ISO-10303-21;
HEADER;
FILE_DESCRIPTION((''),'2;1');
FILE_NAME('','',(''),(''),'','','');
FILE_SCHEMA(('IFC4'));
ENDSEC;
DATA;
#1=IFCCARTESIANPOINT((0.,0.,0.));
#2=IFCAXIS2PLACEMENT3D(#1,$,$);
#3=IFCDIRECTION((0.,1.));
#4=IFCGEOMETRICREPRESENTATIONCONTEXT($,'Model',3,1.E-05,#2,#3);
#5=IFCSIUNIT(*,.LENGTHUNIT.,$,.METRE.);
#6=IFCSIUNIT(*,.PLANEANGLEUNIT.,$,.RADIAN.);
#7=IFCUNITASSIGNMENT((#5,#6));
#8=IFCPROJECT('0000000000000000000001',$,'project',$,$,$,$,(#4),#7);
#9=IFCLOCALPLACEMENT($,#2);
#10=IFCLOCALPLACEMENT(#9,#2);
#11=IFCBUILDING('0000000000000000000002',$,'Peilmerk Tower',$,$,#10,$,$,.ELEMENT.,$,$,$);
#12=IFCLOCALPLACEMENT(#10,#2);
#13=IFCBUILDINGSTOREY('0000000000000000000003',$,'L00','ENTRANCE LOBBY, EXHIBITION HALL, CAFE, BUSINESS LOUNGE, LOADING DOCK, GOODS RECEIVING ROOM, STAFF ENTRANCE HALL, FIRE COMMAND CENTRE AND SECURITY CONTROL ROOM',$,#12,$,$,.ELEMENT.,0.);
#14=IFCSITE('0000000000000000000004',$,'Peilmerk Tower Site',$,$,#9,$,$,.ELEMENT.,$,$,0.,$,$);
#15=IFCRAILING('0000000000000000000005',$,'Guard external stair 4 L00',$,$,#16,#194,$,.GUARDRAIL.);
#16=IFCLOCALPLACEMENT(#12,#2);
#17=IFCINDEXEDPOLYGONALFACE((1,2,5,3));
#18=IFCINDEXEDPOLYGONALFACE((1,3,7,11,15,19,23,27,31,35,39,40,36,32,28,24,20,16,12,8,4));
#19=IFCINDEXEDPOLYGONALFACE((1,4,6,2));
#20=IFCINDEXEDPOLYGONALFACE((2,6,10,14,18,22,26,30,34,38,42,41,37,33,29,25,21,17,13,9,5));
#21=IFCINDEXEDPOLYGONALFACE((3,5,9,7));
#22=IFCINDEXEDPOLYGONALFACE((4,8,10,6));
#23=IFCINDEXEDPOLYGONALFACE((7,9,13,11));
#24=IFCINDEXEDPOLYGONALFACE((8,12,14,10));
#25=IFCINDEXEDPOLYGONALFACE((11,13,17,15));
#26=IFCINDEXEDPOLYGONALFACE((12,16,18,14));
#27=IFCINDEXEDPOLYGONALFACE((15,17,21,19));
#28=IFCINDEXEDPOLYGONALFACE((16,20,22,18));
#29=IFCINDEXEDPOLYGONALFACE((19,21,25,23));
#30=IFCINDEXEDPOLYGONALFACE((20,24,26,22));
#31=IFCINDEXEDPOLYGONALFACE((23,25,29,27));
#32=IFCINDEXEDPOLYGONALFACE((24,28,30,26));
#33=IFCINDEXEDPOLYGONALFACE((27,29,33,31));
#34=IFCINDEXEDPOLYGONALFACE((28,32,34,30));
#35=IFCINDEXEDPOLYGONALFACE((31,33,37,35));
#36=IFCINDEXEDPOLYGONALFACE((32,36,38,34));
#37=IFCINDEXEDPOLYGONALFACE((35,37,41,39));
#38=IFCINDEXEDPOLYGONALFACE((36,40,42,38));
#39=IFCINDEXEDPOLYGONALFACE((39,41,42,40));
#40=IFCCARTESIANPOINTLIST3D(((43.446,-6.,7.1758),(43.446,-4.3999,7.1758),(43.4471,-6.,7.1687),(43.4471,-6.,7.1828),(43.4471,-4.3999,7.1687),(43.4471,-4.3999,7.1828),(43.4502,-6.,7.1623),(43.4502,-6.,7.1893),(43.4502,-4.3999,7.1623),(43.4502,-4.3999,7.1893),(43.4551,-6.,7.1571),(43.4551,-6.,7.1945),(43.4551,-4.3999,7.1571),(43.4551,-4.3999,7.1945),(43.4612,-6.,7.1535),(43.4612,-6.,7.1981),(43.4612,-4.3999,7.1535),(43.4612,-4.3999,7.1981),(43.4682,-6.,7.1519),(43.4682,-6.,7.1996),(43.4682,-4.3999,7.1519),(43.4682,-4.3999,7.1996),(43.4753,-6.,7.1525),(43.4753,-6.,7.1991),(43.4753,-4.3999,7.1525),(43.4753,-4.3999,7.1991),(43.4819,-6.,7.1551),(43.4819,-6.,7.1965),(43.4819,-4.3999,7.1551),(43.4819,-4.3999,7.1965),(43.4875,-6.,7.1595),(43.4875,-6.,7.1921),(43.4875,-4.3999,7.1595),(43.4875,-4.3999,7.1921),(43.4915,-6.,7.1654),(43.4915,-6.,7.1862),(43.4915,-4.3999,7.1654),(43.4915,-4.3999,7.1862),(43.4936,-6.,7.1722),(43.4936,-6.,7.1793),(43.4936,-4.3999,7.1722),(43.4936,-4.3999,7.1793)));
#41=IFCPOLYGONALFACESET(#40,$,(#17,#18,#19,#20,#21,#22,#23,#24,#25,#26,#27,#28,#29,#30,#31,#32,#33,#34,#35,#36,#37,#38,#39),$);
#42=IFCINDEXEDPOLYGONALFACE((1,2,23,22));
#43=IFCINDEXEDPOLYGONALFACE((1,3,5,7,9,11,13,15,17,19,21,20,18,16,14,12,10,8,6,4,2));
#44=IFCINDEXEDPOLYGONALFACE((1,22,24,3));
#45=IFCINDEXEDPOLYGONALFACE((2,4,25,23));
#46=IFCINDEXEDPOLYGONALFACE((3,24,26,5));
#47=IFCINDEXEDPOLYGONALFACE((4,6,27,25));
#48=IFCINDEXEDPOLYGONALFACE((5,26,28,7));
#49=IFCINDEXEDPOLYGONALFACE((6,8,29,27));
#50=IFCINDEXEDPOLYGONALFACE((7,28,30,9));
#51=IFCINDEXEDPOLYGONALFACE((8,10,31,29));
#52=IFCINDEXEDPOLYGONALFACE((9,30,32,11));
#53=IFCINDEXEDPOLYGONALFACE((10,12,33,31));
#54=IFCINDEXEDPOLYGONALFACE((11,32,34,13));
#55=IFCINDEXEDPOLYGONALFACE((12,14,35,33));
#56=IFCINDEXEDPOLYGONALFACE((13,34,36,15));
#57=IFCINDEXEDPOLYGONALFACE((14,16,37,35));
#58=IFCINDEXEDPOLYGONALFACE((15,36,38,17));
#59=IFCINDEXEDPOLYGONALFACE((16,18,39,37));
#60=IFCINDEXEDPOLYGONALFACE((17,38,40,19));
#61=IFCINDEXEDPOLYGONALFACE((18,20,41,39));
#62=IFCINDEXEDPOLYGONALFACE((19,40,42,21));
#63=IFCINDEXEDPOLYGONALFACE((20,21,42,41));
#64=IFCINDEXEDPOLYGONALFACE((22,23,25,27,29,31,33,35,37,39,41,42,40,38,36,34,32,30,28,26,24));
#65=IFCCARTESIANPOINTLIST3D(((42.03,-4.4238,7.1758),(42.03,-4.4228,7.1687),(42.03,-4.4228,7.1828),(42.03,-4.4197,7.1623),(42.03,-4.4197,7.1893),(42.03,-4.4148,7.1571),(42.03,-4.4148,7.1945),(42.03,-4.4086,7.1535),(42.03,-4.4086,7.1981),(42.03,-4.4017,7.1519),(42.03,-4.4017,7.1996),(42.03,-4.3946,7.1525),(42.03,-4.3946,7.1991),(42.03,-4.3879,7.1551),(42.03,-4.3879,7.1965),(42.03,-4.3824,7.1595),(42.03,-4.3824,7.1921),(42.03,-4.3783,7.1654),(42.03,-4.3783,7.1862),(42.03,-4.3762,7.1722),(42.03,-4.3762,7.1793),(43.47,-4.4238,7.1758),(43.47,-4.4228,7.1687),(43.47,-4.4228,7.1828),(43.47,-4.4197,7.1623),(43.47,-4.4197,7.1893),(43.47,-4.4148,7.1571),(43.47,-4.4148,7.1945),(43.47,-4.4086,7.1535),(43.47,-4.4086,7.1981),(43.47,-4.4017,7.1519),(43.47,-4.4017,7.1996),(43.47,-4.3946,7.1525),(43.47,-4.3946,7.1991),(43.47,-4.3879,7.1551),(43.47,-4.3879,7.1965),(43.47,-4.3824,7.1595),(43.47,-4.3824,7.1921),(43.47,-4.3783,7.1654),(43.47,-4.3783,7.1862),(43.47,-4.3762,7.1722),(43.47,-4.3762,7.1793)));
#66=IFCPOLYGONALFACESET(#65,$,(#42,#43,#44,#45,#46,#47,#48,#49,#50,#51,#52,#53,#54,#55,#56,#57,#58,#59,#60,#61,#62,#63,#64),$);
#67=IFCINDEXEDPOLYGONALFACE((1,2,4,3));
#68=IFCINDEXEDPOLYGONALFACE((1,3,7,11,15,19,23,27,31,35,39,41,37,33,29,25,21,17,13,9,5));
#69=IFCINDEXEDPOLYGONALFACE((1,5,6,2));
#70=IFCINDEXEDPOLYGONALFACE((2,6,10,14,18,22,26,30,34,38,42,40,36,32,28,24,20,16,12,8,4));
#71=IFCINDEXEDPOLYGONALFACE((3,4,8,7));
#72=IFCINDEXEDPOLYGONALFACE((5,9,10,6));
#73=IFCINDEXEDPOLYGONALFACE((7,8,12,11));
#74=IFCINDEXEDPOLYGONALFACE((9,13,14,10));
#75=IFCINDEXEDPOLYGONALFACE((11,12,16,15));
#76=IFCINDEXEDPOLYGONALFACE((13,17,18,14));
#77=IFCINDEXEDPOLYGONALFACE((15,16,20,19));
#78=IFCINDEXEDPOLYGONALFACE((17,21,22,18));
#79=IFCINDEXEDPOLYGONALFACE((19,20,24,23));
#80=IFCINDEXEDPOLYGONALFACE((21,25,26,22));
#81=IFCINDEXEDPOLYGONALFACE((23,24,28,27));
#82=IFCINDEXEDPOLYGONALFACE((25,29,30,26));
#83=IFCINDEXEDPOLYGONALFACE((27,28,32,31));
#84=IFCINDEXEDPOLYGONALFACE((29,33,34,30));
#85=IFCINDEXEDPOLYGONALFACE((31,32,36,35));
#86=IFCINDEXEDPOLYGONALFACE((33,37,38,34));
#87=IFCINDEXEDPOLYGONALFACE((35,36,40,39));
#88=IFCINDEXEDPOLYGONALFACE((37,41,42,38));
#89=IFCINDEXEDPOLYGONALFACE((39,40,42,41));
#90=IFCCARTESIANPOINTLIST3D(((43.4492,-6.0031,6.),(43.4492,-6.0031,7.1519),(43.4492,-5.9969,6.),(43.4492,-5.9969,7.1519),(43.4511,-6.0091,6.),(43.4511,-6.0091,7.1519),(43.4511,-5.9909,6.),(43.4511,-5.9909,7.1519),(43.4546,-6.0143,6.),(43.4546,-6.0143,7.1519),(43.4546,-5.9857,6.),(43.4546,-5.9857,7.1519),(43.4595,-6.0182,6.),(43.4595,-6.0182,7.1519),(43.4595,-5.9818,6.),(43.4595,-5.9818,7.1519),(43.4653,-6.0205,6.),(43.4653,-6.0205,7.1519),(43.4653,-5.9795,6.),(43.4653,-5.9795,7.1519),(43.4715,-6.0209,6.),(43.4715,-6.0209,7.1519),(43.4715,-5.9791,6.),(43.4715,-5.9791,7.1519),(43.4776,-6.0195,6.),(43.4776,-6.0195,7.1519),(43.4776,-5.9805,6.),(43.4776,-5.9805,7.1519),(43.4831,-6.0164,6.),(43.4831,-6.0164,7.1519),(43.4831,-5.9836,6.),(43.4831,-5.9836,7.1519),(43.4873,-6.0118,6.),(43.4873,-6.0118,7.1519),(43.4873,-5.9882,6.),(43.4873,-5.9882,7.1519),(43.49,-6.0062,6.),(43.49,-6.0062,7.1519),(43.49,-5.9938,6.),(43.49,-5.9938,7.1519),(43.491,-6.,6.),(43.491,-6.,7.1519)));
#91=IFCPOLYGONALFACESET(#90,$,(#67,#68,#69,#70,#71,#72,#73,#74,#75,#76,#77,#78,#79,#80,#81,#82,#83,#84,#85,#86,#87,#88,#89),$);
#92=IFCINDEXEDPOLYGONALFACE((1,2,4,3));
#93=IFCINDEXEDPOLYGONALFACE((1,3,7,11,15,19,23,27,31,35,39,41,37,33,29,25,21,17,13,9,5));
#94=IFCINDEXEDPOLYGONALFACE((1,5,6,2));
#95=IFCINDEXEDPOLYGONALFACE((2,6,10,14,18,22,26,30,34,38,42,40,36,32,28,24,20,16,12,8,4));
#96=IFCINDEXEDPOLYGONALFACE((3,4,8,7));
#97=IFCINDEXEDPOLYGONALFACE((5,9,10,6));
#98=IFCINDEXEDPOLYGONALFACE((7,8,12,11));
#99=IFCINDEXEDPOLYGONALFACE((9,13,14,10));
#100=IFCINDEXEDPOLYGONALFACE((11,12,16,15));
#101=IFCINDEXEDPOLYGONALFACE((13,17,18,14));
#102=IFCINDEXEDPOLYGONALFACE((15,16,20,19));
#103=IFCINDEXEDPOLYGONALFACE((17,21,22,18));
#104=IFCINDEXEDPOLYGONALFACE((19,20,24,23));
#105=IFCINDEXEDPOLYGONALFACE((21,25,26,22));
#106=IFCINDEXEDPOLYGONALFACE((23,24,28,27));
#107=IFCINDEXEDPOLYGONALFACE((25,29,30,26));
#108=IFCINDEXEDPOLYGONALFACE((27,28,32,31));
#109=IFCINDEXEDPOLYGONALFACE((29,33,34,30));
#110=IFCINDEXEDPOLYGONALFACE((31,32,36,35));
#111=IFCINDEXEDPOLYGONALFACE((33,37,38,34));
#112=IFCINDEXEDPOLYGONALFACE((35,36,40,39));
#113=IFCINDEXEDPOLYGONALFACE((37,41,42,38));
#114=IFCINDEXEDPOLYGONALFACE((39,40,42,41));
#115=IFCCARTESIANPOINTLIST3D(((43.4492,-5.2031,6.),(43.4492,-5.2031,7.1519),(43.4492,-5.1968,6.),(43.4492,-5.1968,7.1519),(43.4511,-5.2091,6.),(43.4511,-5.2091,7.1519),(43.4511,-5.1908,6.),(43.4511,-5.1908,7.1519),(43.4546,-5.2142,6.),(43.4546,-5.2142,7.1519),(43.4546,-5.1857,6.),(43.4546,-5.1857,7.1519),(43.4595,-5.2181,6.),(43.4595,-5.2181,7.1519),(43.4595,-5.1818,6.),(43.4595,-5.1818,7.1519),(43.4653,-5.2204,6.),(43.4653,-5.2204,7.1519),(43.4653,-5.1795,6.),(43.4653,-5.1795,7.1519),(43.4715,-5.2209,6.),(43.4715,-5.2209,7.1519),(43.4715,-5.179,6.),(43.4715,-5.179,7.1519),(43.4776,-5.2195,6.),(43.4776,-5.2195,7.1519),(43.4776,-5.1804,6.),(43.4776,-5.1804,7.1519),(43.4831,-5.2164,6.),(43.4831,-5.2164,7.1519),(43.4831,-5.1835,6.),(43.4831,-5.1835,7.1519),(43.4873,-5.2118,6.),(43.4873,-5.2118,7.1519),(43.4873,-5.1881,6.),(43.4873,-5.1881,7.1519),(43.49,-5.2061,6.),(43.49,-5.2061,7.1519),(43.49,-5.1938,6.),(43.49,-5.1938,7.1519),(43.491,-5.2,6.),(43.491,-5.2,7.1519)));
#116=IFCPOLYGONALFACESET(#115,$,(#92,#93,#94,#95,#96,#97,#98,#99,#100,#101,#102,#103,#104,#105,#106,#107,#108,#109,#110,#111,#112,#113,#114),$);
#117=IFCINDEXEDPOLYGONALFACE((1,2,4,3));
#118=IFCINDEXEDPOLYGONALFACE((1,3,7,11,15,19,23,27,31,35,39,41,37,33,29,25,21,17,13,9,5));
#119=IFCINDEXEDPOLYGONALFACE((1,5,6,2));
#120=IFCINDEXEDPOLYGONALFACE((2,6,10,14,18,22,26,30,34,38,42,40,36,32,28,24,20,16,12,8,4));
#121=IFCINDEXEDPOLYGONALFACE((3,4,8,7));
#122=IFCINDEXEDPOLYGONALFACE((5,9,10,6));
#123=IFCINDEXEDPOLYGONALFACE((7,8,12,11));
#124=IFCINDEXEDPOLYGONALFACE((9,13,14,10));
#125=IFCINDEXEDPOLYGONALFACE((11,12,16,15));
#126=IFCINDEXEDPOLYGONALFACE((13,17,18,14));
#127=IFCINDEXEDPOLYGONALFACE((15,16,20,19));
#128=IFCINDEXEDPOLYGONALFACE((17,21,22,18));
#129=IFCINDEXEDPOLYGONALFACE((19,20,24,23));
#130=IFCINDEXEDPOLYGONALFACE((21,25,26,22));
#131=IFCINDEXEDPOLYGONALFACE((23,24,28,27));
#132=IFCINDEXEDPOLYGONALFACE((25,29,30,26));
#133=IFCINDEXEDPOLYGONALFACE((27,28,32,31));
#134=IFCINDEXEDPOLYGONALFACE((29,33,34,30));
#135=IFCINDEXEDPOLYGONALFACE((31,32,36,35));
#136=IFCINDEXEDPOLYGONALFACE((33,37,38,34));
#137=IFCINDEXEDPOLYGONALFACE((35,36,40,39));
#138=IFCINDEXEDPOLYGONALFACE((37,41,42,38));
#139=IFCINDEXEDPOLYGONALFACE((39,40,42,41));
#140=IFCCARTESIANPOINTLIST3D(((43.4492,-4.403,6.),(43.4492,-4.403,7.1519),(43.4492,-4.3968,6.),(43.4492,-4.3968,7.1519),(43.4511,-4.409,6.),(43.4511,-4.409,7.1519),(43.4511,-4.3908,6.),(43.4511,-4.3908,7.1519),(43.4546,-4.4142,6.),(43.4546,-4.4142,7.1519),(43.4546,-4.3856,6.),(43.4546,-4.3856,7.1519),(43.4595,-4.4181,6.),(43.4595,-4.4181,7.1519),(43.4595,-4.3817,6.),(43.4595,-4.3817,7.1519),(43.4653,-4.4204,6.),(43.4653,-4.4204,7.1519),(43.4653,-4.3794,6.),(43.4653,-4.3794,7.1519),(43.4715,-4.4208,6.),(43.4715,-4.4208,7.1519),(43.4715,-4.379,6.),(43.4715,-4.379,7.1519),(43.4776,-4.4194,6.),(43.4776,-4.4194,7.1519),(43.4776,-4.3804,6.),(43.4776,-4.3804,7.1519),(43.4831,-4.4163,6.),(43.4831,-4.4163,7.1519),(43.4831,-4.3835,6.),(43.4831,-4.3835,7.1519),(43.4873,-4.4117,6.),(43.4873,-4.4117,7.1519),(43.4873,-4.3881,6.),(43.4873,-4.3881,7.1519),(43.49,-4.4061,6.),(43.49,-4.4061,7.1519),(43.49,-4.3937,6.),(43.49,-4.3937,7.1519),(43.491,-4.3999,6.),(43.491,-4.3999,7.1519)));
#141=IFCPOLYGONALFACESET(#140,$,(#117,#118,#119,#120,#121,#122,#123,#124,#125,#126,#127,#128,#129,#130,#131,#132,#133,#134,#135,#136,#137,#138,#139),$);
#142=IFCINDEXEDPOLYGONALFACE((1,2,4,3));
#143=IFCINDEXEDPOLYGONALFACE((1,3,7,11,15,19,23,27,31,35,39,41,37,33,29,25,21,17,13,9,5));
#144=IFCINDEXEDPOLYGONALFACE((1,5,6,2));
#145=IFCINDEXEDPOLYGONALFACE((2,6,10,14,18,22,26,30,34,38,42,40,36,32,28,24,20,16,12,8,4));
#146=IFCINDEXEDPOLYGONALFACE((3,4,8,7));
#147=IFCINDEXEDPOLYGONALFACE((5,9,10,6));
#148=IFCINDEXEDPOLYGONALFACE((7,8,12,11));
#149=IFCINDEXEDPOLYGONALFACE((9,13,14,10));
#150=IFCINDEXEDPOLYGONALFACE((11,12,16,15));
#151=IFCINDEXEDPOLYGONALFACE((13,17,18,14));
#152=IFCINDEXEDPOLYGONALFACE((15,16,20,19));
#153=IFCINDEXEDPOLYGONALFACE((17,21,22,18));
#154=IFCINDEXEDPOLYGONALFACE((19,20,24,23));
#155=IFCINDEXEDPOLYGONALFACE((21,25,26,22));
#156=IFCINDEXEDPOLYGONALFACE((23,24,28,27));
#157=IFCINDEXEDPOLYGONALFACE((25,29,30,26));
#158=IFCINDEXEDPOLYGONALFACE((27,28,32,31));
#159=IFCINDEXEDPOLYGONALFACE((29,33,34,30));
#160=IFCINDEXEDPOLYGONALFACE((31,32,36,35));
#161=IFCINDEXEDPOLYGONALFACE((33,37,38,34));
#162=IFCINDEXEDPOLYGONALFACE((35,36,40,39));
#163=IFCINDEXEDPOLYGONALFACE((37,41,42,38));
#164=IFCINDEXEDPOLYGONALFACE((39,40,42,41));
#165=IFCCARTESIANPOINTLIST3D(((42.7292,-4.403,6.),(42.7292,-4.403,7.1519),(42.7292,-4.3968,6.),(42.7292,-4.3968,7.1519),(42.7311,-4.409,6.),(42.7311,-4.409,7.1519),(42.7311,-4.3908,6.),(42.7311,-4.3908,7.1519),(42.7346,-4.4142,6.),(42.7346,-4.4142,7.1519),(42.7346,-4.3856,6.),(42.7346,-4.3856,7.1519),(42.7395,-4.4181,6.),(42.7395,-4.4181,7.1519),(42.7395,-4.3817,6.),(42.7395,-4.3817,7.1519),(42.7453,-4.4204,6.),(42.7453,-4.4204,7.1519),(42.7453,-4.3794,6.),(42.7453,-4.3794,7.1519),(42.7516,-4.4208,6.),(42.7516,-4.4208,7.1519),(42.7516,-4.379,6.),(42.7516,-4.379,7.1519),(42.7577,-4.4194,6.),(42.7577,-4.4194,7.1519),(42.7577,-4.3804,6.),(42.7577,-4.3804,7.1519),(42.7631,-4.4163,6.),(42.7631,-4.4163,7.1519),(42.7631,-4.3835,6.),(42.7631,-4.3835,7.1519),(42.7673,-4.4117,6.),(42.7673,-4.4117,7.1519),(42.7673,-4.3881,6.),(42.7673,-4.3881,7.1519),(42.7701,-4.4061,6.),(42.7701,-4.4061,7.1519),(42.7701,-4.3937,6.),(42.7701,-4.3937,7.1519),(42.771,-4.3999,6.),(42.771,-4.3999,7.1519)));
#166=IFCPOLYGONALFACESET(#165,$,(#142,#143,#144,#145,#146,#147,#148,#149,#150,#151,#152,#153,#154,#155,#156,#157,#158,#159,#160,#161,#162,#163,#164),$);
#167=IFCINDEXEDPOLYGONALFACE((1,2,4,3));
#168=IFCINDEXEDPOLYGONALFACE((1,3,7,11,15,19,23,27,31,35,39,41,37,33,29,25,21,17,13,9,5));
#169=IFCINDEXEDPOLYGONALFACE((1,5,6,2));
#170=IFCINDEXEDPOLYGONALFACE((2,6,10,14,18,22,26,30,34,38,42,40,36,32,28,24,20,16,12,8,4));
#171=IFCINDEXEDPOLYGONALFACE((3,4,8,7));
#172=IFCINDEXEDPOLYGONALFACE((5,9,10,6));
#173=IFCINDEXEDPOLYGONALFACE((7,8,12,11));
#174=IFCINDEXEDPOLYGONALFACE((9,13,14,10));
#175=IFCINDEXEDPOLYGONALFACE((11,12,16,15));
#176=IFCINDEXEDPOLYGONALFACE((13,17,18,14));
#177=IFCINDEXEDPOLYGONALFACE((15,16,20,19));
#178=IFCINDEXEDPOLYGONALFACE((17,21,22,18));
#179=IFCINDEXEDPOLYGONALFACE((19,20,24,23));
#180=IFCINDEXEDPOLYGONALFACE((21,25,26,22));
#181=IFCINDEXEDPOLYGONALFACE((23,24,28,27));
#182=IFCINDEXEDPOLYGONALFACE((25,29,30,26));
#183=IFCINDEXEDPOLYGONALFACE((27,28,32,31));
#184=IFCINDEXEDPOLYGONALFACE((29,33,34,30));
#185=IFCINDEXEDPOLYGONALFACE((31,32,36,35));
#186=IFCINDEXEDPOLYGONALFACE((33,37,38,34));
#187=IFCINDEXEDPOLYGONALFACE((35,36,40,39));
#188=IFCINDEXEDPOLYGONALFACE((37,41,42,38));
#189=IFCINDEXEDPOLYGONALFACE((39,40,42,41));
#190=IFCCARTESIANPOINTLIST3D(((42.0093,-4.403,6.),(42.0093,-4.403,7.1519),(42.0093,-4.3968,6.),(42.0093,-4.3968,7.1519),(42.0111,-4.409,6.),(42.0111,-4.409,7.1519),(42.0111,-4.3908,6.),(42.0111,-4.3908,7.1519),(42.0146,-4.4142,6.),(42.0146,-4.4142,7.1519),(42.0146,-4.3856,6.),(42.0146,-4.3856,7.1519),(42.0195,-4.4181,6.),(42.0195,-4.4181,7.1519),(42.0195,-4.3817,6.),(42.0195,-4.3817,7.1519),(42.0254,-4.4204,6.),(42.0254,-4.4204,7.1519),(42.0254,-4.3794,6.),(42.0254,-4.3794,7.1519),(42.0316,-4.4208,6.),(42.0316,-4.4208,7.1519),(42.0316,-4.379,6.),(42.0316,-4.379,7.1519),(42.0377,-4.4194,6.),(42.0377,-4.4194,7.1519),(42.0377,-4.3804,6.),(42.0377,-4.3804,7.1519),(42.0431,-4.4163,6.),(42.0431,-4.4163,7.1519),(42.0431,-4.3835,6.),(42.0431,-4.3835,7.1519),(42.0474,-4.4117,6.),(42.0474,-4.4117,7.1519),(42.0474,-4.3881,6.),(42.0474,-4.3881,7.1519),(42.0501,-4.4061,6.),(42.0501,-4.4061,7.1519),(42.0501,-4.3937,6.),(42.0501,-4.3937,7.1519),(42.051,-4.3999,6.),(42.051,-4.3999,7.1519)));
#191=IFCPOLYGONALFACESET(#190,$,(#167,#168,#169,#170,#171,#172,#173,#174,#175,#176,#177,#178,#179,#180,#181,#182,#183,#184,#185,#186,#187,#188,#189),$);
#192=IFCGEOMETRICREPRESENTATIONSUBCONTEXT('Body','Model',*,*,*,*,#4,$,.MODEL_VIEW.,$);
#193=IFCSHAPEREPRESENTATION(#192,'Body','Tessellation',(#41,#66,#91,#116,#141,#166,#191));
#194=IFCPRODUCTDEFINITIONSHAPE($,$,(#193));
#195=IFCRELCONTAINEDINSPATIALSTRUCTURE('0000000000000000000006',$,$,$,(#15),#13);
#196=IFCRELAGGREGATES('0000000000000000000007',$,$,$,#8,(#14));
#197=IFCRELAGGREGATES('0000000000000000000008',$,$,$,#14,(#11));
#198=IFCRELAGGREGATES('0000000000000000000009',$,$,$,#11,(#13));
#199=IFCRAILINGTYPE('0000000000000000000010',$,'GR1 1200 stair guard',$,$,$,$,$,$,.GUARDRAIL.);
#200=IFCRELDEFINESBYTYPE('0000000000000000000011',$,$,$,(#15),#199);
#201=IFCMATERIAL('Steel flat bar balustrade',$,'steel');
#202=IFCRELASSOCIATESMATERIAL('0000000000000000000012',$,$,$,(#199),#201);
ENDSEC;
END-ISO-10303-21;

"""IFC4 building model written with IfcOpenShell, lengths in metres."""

from ifc_helpers import new_model, si_unit, direction, frame, origin, origin_2d, place, context, subcontext, project, spatial, circle, extrude, material, type_object, element, save


model = new_model("IFC4")

# Units and contexts
model_context = context("Model", 3, precision=1e-05, world=origin(), true_north=direction((0.0, 1.0)))
body_context = subcontext(model_context, "Body", "Model", "MODEL_VIEW")
ifc_project = project(units=[si_unit("LENGTHUNIT", "METRE"), si_unit("PLANEANGLEUNIT", "RADIAN")], contexts=[model_context])

# Site, building, storey
site_placement = place(None, origin())
site = spatial("IfcSite", under=ifc_project, at=site_placement, Name="Peilmerk Tower Site", CompositionType="ELEMENT", RefElevation=0.0)
building_placement = place(site_placement, origin())
building = spatial("IfcBuilding", under=site, at=building_placement, Name="Peilmerk Tower", CompositionType="ELEMENT")
storey_placement = place(building_placement, origin())
storey = spatial("IfcBuildingStorey", under=building, at=storey_placement, Name="L00", Description="ENTRANCE LOBBY, EXHIBITION HALL, CAFE, BUSINESS LOUNGE, LOADING DOCK, GOODS RECEIVING ROOM, STAFF ENTRANCE HALL, FIRE COMMAND CENTRE AND SECURITY CONTROL ROOM", CompositionType="ELEMENT", Elevation=0.0)

# Railing
ifc_material_1 = material(Name="Steel flat bar balustrade", Category="steel")
railing_type_1 = type_object("IfcRailingType", Name="GR1 1200 stair guard", PredefinedType="GUARDRAIL", material=ifc_material_1)
railing_1_placement = place(storey_placement, frame((43.47, -6.0, 6.0)))
element("IfcRailing", 1, at=railing_1_placement, inside=storey, type_object=railing_type_1, Name="Guard external stair 4 L00", PredefinedType="GUARDRAIL", context=body_context, shape_type="SweptSolid", body=[
    extrude(circle(Radius=0.0239, at=origin_2d()), frame((0.0, 0.0, 1.1758), z_axis=(0.0, 1.0, 0.0), x_axis=(-1.0, 0.0, 0.0)), (0.0, 0.0, 1.0), 1.6001),
    extrude(circle(Radius=0.0239, at=origin_2d()), frame((0.0, 1.6001, 1.1758), z_axis=(-1.0, 0.0, 0.0), x_axis=(0.0, -1.0, 0.0)), (0.0, 0.0, 1.0), 1.4399),
    extrude(circle(Radius=0.021, at=origin_2d()), origin(), (0.0, 0.0, 1.0), 1.1519),
    extrude(circle(Radius=0.021, at=origin_2d()), frame((0.0, 0.8, 0.0)), (0.0, 0.0, 1.0), 1.1519),
    extrude(circle(Radius=0.021, at=origin_2d()), frame((0.0, 1.6001, 0.0)), (0.0, 0.0, 1.0), 1.1519),
    extrude(circle(Radius=0.021, at=origin_2d()), frame((-0.72, 1.6001, 0.0)), (0.0, 0.0, 1.0), 1.1519),
    extrude(circle(Radius=0.021, at=origin_2d()), frame((-1.4399, 1.6001, 0.0)), (0.0, 0.0, 1.0), 1.1519),
])

save(model, "model.ifc")
